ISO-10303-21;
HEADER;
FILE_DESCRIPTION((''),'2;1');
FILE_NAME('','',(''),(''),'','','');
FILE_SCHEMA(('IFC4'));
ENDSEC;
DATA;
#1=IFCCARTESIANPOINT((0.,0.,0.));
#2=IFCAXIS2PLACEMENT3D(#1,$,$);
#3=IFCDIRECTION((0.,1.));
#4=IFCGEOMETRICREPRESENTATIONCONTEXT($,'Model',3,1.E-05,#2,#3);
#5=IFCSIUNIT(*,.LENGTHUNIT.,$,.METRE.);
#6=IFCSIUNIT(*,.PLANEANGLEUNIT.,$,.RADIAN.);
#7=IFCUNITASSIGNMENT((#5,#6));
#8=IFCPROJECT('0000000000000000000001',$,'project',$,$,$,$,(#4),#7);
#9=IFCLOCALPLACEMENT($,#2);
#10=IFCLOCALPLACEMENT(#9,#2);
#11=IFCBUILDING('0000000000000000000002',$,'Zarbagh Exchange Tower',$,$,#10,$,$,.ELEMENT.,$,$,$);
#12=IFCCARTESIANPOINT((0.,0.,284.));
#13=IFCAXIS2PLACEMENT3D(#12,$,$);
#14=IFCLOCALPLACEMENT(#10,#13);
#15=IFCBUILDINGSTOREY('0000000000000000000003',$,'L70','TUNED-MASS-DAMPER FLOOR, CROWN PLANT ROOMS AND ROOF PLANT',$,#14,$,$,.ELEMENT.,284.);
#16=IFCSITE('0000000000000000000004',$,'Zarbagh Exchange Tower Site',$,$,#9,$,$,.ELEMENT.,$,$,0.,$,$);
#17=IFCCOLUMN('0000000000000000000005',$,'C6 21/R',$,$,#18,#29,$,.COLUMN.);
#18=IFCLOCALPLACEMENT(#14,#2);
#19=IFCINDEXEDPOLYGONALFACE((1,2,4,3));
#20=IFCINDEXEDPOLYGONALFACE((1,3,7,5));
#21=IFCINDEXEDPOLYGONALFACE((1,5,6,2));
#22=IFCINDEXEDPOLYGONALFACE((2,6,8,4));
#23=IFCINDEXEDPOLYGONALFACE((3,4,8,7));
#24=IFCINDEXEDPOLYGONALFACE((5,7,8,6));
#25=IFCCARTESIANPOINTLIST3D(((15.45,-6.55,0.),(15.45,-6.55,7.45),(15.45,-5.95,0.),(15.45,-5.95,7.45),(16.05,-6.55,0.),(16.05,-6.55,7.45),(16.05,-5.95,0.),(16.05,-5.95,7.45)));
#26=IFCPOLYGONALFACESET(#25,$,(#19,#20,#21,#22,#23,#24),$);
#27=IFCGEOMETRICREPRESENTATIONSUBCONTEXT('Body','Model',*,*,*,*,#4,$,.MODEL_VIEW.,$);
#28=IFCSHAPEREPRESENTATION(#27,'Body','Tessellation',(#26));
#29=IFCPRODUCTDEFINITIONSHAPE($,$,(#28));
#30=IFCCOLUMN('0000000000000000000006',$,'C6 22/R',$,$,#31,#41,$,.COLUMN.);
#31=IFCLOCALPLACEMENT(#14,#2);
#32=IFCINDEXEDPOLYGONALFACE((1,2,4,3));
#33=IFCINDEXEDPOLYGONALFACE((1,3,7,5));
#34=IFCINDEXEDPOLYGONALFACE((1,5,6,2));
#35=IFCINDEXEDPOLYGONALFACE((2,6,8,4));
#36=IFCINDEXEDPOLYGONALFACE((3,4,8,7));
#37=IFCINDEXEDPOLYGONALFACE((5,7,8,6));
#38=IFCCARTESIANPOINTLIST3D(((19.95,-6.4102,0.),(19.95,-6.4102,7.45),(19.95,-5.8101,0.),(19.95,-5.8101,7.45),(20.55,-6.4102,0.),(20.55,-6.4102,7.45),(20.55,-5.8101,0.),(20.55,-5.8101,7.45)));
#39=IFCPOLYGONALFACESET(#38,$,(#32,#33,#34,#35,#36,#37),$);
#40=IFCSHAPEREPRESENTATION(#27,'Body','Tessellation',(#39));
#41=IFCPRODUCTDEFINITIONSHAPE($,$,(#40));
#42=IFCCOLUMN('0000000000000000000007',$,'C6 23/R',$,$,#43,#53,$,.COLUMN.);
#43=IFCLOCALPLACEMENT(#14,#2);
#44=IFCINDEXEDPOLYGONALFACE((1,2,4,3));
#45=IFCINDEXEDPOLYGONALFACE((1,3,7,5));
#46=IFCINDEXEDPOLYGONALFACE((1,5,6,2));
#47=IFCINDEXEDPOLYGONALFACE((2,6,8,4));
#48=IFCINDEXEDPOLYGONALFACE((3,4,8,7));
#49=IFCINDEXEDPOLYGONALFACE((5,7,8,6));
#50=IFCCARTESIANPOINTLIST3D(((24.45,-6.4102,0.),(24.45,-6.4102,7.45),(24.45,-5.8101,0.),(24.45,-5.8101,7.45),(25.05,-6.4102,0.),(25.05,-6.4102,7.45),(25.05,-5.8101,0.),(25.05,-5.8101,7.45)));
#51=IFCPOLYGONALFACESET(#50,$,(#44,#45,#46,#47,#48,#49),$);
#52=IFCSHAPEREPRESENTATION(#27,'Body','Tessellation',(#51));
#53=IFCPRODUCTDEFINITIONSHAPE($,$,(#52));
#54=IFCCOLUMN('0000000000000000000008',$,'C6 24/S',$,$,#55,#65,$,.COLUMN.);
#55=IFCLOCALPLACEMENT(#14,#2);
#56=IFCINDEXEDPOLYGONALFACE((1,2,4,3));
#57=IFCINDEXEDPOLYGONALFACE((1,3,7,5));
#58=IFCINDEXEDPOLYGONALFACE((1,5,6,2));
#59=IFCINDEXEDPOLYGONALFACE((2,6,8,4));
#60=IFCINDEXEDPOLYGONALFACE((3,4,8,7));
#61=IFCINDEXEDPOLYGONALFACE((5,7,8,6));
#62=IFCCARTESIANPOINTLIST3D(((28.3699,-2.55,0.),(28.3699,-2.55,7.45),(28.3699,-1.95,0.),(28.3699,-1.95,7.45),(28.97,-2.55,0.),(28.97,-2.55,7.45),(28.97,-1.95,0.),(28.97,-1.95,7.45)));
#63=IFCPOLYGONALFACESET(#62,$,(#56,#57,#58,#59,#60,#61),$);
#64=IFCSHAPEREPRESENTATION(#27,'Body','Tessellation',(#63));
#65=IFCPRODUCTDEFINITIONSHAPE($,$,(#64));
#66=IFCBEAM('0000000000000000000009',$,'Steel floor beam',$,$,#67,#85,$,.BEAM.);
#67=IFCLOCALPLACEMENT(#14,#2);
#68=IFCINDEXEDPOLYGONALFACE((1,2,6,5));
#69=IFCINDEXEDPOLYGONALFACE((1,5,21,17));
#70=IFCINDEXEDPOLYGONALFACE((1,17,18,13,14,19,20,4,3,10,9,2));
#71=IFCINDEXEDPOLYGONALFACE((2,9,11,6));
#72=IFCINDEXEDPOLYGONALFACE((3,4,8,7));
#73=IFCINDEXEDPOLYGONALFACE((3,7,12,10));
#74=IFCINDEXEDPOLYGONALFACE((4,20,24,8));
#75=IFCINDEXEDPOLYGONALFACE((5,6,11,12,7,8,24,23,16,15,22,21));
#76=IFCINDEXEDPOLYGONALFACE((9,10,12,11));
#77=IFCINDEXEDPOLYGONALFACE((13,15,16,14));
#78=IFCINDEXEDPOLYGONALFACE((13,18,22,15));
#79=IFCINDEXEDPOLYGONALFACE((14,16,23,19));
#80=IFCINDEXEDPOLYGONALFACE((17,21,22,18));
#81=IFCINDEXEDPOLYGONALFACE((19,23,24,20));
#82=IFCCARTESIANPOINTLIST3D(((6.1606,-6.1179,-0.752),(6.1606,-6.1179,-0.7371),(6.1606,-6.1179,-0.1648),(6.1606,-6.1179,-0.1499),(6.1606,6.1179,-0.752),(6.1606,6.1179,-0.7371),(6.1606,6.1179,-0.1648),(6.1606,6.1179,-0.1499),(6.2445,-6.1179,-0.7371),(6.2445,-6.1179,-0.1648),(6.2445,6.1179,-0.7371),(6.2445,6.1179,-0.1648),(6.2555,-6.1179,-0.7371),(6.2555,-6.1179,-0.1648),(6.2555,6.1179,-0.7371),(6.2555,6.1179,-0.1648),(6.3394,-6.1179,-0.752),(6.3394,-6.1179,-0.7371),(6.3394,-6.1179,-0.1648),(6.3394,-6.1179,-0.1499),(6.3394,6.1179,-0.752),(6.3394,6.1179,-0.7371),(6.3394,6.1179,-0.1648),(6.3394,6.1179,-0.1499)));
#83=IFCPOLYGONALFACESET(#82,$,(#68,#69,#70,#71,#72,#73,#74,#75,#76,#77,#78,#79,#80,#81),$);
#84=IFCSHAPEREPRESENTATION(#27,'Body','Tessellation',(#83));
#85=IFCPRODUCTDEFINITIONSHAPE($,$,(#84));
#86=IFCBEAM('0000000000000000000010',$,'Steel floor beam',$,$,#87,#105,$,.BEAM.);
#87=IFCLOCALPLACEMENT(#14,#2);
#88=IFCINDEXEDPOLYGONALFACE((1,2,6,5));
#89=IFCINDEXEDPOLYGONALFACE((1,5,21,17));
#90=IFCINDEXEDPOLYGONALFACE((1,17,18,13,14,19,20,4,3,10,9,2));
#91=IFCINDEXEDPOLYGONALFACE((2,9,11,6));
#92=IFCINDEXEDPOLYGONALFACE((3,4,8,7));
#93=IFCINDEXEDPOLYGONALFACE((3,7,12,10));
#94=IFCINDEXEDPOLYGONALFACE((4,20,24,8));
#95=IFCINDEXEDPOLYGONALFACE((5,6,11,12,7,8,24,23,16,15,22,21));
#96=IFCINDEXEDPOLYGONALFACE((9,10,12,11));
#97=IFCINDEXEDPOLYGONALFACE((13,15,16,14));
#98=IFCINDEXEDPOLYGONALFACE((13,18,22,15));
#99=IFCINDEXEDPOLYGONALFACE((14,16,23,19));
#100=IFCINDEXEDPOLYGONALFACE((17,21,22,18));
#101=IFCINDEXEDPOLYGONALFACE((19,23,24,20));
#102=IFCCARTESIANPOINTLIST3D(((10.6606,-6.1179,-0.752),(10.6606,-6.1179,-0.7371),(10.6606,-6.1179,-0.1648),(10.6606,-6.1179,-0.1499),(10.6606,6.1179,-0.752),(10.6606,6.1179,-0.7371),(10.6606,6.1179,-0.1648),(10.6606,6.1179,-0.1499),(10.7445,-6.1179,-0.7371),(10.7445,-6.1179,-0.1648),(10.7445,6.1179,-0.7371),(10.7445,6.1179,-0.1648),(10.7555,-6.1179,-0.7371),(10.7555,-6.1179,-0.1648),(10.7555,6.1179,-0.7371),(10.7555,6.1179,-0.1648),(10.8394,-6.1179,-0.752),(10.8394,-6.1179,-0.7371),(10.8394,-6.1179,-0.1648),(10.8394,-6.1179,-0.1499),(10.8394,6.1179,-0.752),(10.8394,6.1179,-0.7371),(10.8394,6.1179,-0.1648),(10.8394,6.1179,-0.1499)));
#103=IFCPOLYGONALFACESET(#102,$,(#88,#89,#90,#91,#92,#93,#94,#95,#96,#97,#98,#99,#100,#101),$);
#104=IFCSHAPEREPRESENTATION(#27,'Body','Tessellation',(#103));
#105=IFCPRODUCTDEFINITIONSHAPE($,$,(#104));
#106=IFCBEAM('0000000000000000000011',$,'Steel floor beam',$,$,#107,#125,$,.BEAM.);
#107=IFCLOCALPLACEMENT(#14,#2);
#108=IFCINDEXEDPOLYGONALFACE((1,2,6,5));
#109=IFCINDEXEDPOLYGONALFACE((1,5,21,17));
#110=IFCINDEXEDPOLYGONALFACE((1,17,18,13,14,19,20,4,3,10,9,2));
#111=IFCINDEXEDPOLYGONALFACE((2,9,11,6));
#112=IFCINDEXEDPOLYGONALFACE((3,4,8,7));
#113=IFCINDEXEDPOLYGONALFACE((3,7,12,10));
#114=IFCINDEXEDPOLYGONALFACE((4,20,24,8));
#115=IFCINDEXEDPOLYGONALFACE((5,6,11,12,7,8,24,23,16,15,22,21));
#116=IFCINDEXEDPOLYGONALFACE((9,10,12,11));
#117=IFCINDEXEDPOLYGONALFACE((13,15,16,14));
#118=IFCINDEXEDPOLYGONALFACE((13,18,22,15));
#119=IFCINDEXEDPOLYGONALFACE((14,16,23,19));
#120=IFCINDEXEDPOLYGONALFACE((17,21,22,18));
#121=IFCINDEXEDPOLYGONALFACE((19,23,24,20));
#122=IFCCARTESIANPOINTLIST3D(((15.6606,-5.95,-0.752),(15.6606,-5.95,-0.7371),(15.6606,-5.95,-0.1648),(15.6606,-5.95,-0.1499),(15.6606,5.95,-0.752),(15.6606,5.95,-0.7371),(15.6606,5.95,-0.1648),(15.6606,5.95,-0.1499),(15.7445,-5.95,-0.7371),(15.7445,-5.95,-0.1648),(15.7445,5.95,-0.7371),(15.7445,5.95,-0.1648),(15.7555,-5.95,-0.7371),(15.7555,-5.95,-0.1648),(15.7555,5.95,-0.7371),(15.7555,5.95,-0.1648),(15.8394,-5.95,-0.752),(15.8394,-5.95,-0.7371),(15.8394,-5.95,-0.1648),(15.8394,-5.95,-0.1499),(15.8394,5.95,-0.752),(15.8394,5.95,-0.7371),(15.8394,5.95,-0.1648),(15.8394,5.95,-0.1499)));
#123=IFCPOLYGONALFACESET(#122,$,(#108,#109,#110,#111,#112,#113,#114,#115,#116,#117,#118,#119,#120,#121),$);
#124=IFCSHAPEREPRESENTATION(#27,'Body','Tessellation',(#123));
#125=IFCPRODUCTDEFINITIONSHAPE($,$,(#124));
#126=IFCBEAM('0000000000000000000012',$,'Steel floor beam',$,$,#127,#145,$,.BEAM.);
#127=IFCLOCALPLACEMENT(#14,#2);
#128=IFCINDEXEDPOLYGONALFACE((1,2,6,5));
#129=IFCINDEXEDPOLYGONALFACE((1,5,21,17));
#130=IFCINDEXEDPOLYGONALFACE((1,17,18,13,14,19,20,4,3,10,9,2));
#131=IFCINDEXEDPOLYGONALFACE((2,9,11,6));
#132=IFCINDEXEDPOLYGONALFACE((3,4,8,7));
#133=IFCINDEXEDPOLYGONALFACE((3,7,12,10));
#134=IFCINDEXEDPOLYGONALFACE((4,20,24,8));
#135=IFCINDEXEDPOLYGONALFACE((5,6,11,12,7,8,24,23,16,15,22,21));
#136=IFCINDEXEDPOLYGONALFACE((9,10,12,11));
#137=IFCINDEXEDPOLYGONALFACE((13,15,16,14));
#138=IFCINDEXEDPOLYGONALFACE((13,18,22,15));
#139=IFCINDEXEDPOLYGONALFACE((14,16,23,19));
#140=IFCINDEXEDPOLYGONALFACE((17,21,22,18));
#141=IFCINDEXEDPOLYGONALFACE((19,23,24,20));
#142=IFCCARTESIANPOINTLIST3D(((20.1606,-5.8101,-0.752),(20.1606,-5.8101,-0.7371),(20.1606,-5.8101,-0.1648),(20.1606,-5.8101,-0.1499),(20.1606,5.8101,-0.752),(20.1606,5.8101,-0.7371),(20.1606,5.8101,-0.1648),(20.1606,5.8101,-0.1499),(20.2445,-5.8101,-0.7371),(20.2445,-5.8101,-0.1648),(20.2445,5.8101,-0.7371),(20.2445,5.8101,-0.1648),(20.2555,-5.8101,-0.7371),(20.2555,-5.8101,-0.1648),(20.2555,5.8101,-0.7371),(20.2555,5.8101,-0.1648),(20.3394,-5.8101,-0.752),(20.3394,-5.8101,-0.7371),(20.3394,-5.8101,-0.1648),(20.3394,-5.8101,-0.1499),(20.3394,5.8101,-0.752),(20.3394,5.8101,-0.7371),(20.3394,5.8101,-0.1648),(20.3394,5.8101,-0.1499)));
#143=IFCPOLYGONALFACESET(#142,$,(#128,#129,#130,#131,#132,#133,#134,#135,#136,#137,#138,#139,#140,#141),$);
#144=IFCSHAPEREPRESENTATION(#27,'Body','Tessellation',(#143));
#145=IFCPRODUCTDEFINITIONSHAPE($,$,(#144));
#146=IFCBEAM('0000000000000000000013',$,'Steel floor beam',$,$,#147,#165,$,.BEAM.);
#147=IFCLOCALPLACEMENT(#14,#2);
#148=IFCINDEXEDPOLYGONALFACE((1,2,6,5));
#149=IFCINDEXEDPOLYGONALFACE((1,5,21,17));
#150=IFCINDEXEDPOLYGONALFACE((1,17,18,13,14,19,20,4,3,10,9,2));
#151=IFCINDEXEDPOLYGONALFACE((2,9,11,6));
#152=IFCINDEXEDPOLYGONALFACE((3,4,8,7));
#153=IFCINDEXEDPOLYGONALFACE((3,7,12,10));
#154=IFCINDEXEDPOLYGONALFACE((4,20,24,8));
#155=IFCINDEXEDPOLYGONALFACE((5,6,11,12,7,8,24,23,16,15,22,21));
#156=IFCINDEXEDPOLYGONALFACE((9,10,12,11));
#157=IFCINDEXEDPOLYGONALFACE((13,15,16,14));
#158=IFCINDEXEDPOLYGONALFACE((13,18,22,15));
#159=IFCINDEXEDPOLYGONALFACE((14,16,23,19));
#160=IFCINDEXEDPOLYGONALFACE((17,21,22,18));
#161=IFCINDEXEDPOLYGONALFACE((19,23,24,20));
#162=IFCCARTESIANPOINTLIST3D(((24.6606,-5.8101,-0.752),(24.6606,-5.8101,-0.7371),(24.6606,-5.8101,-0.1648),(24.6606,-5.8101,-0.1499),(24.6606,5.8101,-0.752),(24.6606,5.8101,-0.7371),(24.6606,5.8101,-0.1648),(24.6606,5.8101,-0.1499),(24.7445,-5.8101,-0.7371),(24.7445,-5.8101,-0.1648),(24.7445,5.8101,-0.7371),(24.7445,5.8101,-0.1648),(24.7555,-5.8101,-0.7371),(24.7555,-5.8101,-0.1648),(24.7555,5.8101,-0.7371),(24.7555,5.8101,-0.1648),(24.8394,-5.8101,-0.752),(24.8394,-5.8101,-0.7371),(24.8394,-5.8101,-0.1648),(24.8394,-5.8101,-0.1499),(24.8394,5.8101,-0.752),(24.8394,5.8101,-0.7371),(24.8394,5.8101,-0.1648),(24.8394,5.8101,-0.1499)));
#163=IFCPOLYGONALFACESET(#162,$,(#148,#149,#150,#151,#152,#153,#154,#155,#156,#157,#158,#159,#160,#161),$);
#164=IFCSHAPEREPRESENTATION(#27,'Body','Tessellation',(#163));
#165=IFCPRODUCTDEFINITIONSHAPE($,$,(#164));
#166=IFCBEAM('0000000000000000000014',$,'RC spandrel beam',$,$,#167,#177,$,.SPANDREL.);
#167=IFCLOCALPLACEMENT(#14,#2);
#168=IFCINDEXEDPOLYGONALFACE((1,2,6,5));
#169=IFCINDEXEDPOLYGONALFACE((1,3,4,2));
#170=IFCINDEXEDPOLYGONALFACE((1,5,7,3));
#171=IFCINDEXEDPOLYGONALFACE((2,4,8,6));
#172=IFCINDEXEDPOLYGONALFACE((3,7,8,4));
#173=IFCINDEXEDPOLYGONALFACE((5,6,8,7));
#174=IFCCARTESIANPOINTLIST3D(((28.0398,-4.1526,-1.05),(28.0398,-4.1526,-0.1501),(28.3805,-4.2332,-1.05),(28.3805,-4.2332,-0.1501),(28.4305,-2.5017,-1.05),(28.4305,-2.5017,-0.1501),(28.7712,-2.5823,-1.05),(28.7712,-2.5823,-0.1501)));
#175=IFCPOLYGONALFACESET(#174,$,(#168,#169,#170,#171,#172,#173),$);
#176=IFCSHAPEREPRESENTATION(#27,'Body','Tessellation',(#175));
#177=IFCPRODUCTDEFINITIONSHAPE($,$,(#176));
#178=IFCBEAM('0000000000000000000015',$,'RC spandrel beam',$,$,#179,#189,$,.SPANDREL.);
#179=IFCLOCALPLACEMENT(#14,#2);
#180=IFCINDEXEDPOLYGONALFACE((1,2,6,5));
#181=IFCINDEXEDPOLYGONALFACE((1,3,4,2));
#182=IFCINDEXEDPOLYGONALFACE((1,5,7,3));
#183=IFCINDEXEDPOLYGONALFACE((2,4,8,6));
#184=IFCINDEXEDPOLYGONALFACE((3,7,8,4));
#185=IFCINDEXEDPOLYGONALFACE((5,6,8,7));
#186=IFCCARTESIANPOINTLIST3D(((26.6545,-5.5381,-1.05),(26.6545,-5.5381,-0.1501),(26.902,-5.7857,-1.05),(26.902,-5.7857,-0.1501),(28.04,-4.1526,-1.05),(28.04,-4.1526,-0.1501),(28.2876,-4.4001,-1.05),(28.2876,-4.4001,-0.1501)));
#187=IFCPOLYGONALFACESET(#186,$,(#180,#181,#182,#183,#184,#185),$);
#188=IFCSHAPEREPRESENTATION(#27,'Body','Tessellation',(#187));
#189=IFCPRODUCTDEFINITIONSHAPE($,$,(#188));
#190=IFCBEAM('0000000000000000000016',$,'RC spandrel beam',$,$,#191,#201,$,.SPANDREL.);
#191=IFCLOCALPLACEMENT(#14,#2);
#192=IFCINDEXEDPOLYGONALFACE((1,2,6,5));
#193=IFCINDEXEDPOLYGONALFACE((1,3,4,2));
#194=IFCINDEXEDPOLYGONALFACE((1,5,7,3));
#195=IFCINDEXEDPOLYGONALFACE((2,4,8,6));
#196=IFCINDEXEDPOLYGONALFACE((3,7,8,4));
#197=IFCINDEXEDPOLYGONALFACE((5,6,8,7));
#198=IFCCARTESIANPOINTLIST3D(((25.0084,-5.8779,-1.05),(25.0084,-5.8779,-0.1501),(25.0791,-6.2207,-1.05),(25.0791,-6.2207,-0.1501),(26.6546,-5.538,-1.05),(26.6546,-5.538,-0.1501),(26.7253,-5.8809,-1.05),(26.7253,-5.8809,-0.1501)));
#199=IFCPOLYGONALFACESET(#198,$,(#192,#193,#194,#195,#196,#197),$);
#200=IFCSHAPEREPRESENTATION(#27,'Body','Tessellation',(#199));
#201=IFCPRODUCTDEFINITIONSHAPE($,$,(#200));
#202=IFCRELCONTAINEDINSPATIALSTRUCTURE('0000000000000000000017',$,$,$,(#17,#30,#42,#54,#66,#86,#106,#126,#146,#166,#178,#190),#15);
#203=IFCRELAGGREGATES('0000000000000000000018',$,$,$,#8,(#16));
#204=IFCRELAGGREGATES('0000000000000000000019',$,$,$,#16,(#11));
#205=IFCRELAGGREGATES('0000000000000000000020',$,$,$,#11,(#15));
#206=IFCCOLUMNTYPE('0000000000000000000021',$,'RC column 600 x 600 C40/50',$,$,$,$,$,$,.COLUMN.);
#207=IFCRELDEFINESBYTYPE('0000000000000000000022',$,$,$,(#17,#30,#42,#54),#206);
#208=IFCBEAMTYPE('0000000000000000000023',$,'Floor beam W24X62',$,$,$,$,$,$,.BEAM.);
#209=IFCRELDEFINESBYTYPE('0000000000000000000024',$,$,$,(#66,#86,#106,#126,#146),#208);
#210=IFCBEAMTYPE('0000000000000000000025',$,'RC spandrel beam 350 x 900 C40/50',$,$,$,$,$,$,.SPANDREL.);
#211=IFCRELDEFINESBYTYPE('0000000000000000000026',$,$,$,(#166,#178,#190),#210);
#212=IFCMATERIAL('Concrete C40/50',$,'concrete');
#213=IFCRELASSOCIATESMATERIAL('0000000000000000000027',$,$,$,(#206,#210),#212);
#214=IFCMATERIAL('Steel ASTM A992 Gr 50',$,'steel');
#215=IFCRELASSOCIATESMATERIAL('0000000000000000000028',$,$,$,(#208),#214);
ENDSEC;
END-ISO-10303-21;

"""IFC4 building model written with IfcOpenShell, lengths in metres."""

from ifc_helpers import new_model, si_unit, direction, frame, origin, origin_2d, place, context, subcontext, project, spatial, rectangle, i_section, extrude, material, material_profile, profile_set, type_object, element, save


model = new_model("IFC4")

# Units and contexts
model_context = context("Model", 3, precision=1e-05, world=origin(), true_north=direction((0.0, 1.0)))
body_context = subcontext(model_context, "Body", "Model", "MODEL_VIEW")
ifc_project = project(units=[si_unit("LENGTHUNIT", "METRE"), si_unit("PLANEANGLEUNIT", "RADIAN")], contexts=[model_context])

# Site, building, storey
site_placement = place(None, origin())
site = spatial("IfcSite", under=ifc_project, at=site_placement, Name="Zarbagh Exchange Tower Site", CompositionType="ELEMENT", RefElevation=0.0)
building_placement = place(site_placement, origin())
building = spatial("IfcBuilding", under=site, at=building_placement, Name="Zarbagh Exchange Tower", CompositionType="ELEMENT")
storey_placement = place(building_placement, frame((0.0, 0.0, 284.0)))
storey = spatial("IfcBuildingStorey", under=building, at=storey_placement, Name="L70", Description="TUNED-MASS-DAMPER FLOOR, CROWN PLANT ROOMS AND ROOF PLANT", CompositionType="ELEMENT", Elevation=284.0)

# Columns
ifc_material_1 = material(Name="Concrete C40/50", Category="concrete")
ifc_material_profile_1 = material_profile(ifc_material_1, rectangle(XDim=0.6001, YDim=0.6001, at=origin_2d()), Name="RC column 600 x 600 C40/50")
ifc_profile_set_1 = profile_set([ifc_material_profile_1], Name="Concrete C40/50")
column_type = type_object("IfcColumnType", Name="RC column 600 x 600 C40/50", PredefinedType="COLUMN", material=ifc_profile_set_1)
for number, where, z_axis, x_axis, name in (
    (1, (15.75, -6.25, 0.0), (0.0, 0.0, 1.0), (1.0, 0.0, 0.0), "C6 21/R"),
    (2, (20.25, -6.1101, 0.0), (0.0, 0.0, 1.0), (1.0, 0.0, 0.0), "C6 22/R"),
    (3, (24.75, -6.1101, 0.0), (0.0, 0.0, 1.0), (1.0, 0.0, 0.0), "C6 23/R"),
    (4, (28.6699, -2.25, 0.0), (0.0, 0.0, 1.0), (1.0, 0.0, 0.0), "C6 24/S"),
):
    element("IfcColumn", number, at=place(storey_placement, frame(where, z_axis=z_axis, x_axis=x_axis)), inside=storey, type_object=column_type, Name=name, PredefinedType="COLUMN", context=body_context, shape_type="SweptSolid", body=[
        extrude(rectangle(XDim=0.6001, YDim=0.6001, at=origin_2d()), origin(), (0.0, 0.0, 1.0), 7.45),
    ])

# Beams
ifc_material_2 = material(Name="Steel ASTM A992 Gr 50", Category="steel")
ifc_material_profile_2 = material_profile(ifc_material_2, i_section(OverallWidth=0.1787, OverallDepth=0.6021, WebThickness=0.011, FlangeThickness=0.0149, at=origin_2d()), Name="W24X62")
ifc_profile_set_2 = profile_set([ifc_material_profile_2], Name="Steel ASTM A992 Gr 50")
beam_type_1 = type_object("IfcBeamType", Name="Floor beam W24X62", PredefinedType="BEAM", material=ifc_profile_set_2)
for number, where, z_axis, x_axis, name in (
    (5, (6.25, -6.1179, -0.4509), (0.0, 1.0, 0.0), (-1.0, 0.0, 0.0), "Steel floor beam"),
    (6, (10.75, -6.1179, -0.4509), (0.0, 1.0, 0.0), (-1.0, 0.0, 0.0), "Steel floor beam"),
):
    element("IfcBeam", number, at=place(storey_placement, frame(where, z_axis=z_axis, x_axis=x_axis)), inside=storey, type_object=beam_type_1, Name=name, PredefinedType="BEAM", context=body_context, shape_type="SweptSolid", body=[
        extrude(i_section(OverallWidth=0.1787, OverallDepth=0.6021, WebThickness=0.011, FlangeThickness=0.0149, at=origin_2d()), origin(), (0.0, 0.0, 1.0), 12.2358),
    ])
beam_1_placement = place(storey_placement, frame((15.75, -5.95, -0.4509), z_axis=(0.0, 1.0, 0.0), x_axis=(-1.0, 0.0, 0.0)))
element("IfcBeam", 7, at=beam_1_placement, inside=storey, type_object=beam_type_1, Name="Steel floor beam", PredefinedType="BEAM", context=body_context, shape_type="SweptSolid", body=[
    extrude(i_section(OverallWidth=0.1787, OverallDepth=0.6021, WebThickness=0.011, FlangeThickness=0.0149, at=origin_2d()), origin(), (0.0, 0.0, 1.0), 11.8999),
])
for number, where, z_axis, x_axis, name in (
    (8, (20.25, -5.8101, -0.4509), (0.0, 1.0, 0.0), (-1.0, 0.0, 0.0), "Steel floor beam"),
    (9, (24.75, -5.8101, -0.4509), (0.0, 1.0, 0.0), (-1.0, 0.0, 0.0), "Steel floor beam"),
):
    element("IfcBeam", number, at=place(storey_placement, frame(where, z_axis=z_axis, x_axis=x_axis)), inside=storey, type_object=beam_type_1, Name=name, PredefinedType="BEAM", context=body_context, shape_type="SweptSolid", body=[
        extrude(i_section(OverallWidth=0.1787, OverallDepth=0.6021, WebThickness=0.011, FlangeThickness=0.0149, at=origin_2d()), origin(), (0.0, 0.0, 1.0), 11.6201),
    ])
ifc_material_profile_3 = material_profile(ifc_material_1, rectangle(XDim=0.3501, YDim=0.8999, at=origin_2d()), Name="RC spandrel beam 350 x 900 C40/50")
ifc_profile_set_3 = profile_set([ifc_material_profile_3], Name="Concrete C40/50")
beam_type_2 = type_object("IfcBeamType", Name="RC spandrel beam 350 x 900 C40/50", PredefinedType="SPANDREL", material=ifc_profile_set_3)
beam_2_placement = place(storey_placement, frame((28.6008, -2.542, -0.6001), z_axis=(-0.230258, -0.97313, 0.0), x_axis=(0.97313, -0.230258, 0.0)))
element("IfcBeam", 10, at=beam_2_placement, inside=storey, type_object=beam_type_2, Name="RC spandrel beam", PredefinedType="SPANDREL", context=body_context, shape_type="SweptSolid", body=[
    extrude(rectangle(XDim=0.3501, YDim=0.8999, at=origin_2d()), origin(), (0.0, 0.0, 1.0), 1.6965),
])
beam_3_placement = place(storey_placement, frame((28.1638, -4.2764, -0.6001), z_axis=(-0.707107, -0.707107, 0.0), x_axis=(0.707107, -0.707107, 0.0)))
element("IfcBeam", 11, at=beam_3_placement, inside=storey, type_object=beam_type_2, Name="RC spandrel beam", PredefinedType="SPANDREL", context=body_context, shape_type="SweptSolid", body=[
    extrude(rectangle(XDim=0.3501, YDim=0.8999, at=origin_2d()), origin(), (0.0, 0.0, 1.0), 1.9595),
])
beam_4_placement = place(storey_placement, frame((26.6899, -5.7095, -0.6001), z_axis=(-0.97935, -0.202173, 0.0), x_axis=(0.202173, -0.97935, 0.0)))
element("IfcBeam", 12, at=beam_4_placement, inside=storey, type_object=beam_type_2, Name="RC spandrel beam", PredefinedType="SPANDREL", context=body_context, shape_type="SweptSolid", body=[
    extrude(rectangle(XDim=0.3501, YDim=0.8999, at=origin_2d()), origin(), (0.0, 0.0, 1.0), 1.6809),
])

save(model, "model.ifc")
